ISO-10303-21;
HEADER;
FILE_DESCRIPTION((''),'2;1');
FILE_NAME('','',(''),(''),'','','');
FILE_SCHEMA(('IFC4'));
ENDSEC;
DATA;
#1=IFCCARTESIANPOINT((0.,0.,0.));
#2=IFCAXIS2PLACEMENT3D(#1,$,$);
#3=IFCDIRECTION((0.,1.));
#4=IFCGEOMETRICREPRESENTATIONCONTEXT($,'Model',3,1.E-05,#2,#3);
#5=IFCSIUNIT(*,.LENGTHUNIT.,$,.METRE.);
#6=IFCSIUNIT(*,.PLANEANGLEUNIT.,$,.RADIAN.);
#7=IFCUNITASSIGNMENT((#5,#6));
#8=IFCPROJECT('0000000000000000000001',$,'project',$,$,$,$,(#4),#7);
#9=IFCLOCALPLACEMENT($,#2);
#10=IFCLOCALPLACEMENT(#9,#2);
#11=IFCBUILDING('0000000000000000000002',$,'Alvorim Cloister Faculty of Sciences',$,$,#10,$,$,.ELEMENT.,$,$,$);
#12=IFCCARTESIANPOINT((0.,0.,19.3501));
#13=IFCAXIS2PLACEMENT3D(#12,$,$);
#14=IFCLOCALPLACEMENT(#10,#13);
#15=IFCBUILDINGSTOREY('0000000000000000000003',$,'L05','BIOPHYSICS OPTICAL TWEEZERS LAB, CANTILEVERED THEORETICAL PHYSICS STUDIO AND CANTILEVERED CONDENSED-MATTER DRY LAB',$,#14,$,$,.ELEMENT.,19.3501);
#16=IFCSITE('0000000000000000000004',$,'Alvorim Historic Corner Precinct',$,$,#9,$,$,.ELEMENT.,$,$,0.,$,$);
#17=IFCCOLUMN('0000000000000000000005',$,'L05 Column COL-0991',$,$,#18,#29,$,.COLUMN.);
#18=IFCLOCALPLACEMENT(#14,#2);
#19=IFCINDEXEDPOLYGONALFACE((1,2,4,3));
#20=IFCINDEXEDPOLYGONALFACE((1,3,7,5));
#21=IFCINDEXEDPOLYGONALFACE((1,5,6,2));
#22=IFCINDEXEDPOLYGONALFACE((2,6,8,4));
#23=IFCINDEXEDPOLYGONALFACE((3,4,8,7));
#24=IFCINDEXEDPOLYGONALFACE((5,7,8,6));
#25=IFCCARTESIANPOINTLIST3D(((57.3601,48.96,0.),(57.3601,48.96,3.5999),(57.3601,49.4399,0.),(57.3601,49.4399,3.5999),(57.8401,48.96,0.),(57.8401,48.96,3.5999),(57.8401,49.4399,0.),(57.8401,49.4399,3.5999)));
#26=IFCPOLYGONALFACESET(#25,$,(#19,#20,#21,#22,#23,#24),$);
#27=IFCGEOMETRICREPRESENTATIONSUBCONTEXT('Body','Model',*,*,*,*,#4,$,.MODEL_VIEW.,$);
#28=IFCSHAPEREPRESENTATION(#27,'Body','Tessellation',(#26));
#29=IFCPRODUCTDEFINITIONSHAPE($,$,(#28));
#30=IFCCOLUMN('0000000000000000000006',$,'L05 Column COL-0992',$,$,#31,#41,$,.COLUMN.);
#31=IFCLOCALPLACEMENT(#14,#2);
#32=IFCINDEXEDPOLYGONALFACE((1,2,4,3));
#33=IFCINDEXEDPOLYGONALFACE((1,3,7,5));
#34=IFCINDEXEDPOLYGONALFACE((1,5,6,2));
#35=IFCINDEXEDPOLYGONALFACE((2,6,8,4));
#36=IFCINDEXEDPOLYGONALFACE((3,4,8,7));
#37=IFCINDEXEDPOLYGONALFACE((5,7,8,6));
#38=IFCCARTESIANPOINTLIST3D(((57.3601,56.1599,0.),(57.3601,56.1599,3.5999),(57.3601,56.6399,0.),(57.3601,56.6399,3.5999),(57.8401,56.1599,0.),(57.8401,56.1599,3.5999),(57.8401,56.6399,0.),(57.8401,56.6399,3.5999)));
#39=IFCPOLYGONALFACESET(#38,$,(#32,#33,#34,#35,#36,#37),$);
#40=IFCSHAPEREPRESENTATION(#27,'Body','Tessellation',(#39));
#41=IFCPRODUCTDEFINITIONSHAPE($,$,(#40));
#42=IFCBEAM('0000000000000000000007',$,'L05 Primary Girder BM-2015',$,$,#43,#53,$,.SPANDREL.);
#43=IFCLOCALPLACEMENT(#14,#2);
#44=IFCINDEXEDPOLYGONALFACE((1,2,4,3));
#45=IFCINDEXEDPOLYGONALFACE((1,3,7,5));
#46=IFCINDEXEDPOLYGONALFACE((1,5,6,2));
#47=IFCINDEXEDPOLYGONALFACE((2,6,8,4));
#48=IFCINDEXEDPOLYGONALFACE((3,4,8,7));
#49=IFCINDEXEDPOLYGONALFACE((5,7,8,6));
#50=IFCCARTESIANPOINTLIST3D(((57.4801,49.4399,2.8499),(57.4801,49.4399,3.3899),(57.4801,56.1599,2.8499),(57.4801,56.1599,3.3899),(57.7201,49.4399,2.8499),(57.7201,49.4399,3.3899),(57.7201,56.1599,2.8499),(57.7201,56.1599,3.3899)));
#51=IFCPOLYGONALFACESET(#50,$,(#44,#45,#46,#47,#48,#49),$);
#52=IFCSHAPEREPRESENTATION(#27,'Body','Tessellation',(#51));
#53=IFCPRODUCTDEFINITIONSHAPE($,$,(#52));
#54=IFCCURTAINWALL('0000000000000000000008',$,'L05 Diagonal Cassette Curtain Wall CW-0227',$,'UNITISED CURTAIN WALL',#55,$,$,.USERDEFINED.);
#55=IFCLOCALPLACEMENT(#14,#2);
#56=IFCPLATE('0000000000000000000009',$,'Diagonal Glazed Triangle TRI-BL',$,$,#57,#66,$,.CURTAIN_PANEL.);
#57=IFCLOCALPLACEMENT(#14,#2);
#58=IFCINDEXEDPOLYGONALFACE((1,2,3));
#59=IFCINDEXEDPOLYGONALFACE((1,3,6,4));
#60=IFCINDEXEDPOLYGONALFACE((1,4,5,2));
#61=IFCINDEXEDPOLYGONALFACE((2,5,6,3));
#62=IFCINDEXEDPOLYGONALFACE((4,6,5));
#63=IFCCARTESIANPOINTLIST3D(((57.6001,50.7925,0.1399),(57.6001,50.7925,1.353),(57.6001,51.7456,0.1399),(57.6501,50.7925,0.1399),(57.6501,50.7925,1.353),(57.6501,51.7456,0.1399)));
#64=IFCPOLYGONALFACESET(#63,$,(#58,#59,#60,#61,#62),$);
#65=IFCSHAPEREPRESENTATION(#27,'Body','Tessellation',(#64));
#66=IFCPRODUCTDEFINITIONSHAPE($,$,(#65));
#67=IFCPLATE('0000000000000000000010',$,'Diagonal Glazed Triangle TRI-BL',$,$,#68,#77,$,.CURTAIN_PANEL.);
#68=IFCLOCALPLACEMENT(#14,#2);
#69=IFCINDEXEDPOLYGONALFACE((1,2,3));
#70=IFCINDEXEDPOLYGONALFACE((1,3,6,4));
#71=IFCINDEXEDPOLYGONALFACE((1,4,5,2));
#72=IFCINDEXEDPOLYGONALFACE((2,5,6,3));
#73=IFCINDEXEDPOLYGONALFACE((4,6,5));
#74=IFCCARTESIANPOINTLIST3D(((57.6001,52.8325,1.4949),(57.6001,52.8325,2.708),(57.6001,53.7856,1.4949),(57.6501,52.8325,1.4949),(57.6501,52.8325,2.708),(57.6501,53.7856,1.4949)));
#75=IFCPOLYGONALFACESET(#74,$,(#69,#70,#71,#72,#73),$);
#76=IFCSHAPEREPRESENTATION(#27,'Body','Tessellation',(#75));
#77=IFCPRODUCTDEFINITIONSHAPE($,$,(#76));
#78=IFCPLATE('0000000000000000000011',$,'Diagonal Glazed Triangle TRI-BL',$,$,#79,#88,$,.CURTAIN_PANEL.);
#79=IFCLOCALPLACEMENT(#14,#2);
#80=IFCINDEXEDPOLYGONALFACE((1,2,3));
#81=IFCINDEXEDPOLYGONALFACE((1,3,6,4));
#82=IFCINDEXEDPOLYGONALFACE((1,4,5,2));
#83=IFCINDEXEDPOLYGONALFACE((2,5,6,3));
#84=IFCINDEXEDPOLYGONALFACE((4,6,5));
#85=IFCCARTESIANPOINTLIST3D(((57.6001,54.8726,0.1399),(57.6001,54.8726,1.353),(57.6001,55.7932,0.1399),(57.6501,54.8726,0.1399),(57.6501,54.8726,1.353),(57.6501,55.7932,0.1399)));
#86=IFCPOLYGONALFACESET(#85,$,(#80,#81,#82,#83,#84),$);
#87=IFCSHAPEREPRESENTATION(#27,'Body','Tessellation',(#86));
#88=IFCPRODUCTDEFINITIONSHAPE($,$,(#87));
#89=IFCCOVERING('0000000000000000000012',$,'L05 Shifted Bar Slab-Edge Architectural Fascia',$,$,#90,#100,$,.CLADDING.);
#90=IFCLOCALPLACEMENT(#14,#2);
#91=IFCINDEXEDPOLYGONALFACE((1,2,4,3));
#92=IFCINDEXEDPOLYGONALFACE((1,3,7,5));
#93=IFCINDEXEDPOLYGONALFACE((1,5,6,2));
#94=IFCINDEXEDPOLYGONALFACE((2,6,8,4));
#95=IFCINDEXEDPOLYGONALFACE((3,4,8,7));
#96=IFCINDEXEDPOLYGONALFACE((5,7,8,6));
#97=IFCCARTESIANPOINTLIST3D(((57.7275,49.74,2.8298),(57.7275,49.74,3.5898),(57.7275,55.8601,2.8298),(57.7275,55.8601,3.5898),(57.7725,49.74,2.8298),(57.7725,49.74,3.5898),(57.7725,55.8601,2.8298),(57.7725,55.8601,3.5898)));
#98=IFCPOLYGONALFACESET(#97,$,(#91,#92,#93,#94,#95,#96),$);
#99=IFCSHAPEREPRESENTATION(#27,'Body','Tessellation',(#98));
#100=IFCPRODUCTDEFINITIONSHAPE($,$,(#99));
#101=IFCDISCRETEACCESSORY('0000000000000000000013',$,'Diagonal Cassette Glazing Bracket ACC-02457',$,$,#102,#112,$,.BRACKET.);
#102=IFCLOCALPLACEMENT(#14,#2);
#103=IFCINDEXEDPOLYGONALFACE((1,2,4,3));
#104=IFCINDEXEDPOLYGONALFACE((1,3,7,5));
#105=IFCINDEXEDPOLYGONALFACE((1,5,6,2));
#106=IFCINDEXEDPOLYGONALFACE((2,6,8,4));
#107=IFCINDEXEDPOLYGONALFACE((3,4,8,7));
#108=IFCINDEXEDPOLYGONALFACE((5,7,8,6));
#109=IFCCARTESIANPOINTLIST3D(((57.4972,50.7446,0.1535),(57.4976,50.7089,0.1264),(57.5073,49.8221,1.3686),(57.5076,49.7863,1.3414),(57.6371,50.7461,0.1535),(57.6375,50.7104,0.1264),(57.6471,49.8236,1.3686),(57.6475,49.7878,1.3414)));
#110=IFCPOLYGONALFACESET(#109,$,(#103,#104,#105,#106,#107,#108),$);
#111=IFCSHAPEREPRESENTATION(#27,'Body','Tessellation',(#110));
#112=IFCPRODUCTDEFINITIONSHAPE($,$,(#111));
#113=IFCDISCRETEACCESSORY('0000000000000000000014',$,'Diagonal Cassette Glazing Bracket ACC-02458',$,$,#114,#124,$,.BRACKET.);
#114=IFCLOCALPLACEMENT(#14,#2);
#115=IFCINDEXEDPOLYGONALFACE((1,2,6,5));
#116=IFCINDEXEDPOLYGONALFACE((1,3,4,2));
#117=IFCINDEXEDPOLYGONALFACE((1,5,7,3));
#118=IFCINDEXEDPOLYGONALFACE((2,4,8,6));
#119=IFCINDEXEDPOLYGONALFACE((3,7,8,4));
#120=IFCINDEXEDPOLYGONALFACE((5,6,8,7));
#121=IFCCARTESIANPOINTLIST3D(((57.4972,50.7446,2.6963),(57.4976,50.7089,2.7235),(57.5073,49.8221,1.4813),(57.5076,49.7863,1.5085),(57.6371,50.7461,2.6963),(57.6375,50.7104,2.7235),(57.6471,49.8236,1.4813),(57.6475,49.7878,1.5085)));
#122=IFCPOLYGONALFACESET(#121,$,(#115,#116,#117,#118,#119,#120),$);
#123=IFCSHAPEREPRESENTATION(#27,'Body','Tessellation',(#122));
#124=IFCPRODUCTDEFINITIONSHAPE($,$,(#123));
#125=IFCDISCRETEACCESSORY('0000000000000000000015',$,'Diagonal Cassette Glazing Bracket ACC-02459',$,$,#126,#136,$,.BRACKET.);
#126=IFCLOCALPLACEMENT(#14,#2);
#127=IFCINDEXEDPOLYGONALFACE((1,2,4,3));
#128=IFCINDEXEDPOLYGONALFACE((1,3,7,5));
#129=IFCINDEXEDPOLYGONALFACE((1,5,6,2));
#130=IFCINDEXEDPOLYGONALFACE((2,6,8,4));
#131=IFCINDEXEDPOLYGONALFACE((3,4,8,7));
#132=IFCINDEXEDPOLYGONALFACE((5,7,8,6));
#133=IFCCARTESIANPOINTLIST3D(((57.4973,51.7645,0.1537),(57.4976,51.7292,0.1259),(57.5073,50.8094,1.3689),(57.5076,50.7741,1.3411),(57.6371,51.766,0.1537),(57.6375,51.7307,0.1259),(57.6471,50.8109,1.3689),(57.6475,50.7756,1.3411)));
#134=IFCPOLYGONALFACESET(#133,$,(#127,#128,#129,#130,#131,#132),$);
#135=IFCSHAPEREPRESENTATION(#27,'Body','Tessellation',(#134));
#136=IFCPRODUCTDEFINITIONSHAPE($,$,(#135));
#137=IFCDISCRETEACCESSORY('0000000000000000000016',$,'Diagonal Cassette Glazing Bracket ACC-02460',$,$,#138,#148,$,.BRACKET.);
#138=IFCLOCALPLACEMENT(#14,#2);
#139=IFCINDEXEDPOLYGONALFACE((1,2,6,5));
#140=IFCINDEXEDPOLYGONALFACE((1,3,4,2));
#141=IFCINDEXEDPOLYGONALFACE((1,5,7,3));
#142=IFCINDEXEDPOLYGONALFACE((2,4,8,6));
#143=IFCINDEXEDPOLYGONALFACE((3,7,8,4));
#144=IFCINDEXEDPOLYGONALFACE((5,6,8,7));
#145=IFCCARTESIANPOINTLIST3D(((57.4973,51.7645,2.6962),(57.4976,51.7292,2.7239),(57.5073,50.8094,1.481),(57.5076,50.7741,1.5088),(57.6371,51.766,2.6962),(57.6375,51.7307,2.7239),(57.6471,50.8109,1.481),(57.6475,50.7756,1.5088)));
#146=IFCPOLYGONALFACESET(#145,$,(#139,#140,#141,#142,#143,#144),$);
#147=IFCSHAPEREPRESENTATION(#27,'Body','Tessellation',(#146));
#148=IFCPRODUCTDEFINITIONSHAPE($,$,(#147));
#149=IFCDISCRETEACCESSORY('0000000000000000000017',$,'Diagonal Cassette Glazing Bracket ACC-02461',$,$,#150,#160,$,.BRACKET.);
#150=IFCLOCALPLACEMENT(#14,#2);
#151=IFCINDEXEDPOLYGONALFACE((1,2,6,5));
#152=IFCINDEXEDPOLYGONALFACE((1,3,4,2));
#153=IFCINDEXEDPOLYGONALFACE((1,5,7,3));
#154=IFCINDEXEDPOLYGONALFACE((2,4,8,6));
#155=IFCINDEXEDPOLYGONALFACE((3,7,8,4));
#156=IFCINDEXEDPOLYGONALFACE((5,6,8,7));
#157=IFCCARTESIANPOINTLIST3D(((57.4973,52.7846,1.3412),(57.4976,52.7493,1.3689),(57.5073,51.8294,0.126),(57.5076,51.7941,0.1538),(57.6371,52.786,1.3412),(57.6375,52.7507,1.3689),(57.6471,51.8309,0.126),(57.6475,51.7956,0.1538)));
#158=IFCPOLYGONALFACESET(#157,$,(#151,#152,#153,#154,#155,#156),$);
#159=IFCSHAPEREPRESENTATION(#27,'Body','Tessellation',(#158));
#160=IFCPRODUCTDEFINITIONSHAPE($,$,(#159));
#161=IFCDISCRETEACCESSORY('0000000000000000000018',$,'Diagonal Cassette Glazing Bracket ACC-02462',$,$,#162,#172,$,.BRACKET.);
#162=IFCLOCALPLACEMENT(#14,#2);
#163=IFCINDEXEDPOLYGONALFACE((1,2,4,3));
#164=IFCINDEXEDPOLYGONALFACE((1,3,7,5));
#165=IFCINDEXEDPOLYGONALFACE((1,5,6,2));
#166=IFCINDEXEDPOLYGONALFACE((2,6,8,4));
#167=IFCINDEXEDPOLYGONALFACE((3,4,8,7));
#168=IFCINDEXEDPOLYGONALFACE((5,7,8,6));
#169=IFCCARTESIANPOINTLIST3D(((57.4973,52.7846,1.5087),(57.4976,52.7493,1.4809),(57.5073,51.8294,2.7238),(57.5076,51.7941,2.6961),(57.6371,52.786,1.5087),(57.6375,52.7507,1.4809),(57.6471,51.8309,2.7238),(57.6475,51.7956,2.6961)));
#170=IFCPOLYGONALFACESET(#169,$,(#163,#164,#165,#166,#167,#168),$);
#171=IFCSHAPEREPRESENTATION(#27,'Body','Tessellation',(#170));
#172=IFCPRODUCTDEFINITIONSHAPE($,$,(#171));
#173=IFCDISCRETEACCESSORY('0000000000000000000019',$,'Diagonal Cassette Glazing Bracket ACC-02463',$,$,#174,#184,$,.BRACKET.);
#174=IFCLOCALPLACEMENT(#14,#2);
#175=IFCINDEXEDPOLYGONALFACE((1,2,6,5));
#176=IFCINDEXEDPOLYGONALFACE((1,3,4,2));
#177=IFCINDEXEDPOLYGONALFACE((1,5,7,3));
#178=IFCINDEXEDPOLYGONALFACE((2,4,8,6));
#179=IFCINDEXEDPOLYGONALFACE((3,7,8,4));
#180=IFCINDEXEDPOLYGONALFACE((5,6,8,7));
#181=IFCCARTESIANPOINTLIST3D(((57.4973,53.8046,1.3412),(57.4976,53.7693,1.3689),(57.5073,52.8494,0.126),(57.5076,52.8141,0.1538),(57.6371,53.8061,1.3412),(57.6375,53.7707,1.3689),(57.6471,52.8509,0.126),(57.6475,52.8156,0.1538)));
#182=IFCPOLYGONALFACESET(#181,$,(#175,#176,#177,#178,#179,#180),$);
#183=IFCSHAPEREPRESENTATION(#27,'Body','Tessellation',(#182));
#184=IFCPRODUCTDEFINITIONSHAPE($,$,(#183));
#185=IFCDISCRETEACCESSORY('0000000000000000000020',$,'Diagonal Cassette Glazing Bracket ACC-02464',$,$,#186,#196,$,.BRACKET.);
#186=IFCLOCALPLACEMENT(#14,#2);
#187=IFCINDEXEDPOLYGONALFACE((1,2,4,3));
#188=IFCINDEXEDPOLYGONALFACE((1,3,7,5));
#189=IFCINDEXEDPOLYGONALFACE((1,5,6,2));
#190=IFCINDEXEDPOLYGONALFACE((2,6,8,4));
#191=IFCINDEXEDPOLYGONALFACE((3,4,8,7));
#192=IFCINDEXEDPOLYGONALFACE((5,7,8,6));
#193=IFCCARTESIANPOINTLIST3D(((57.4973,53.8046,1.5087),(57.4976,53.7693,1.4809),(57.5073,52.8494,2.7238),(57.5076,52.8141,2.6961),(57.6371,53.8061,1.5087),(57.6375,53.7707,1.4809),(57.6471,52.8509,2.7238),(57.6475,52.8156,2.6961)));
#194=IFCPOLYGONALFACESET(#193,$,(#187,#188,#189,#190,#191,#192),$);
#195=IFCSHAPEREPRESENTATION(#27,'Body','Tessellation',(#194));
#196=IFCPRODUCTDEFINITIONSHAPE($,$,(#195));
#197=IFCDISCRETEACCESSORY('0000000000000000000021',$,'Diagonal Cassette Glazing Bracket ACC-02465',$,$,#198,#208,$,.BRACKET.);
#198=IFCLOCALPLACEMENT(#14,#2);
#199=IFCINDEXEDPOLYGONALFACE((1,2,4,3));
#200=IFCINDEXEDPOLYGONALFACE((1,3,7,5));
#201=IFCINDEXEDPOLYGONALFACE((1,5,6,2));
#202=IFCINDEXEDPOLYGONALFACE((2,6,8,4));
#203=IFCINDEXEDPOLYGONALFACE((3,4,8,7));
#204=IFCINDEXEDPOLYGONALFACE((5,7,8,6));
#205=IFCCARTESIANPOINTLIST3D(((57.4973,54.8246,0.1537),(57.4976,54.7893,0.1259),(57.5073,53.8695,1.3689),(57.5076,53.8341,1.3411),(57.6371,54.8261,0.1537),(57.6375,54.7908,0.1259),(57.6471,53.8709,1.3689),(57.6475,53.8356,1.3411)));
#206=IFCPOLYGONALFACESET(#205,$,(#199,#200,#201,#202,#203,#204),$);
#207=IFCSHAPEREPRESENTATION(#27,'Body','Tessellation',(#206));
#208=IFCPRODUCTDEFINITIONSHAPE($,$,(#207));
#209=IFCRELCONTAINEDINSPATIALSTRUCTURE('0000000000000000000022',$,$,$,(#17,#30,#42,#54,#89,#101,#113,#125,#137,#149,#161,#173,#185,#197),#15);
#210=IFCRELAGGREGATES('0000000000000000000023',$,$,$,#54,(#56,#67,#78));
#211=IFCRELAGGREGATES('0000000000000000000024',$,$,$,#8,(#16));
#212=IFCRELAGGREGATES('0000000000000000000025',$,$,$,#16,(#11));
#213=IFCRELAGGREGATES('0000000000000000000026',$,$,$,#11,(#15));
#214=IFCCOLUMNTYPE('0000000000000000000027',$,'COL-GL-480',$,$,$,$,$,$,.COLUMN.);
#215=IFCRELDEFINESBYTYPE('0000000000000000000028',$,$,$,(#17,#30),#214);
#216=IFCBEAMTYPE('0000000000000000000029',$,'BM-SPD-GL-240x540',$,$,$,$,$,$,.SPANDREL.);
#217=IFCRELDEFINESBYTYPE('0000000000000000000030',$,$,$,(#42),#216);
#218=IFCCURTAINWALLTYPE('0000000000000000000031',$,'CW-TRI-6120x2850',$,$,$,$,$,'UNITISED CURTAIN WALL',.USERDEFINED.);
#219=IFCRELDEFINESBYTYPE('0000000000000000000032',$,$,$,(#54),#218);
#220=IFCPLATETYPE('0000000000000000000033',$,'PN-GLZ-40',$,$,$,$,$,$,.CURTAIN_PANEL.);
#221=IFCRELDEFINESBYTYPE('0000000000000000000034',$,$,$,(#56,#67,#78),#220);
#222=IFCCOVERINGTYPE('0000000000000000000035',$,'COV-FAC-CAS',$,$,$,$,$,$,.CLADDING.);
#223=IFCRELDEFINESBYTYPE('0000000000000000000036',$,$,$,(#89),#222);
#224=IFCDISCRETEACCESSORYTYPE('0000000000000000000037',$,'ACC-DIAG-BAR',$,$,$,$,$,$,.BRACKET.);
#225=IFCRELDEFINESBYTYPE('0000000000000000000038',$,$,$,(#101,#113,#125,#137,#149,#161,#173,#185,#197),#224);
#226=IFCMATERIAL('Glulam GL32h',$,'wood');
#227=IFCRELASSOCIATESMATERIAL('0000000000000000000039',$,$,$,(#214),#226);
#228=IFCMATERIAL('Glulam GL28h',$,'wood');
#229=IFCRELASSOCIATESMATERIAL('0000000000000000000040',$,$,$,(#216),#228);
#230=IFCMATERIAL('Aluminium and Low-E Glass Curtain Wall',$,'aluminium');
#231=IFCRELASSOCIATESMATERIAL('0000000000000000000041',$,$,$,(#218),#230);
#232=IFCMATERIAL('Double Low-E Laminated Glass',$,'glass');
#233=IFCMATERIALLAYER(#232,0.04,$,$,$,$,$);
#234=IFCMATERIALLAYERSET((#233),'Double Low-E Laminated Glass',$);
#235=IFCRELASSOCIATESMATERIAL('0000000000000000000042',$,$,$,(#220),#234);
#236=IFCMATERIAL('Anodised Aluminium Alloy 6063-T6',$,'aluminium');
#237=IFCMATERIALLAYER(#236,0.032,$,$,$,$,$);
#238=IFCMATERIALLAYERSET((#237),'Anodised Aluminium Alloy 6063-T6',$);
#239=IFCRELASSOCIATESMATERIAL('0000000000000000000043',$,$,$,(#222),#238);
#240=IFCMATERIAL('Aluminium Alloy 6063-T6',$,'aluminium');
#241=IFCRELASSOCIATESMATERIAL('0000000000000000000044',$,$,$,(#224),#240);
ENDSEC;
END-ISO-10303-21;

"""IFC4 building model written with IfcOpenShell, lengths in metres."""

from ifc_helpers import new_model, si_unit, direction, frame, origin, origin_2d, place, context, subcontext, project, spatial, polyline, rectangle, outline, extrude, material, layer, layer_set, material_profile, profile_set, type_object, element, aggregate, save


model = new_model("IFC4")

# Units and contexts
model_context = context("Model", 3, precision=1e-05, world=origin(), true_north=direction((0.0, 1.0)))
body_context = subcontext(model_context, "Body", "Model", "MODEL_VIEW")
ifc_project = project(units=[si_unit("LENGTHUNIT", "METRE"), si_unit("PLANEANGLEUNIT", "RADIAN")], contexts=[model_context])

# Site, building, storey
site_placement = place(None, origin())
site = spatial("IfcSite", under=ifc_project, at=site_placement, Name="Alvorim Historic Corner Precinct", CompositionType="ELEMENT", RefElevation=0.0)
building_placement = place(site_placement, origin())
building = spatial("IfcBuilding", under=site, at=building_placement, Name="Alvorim Cloister Faculty of Sciences", CompositionType="ELEMENT")
storey_placement = place(building_placement, frame((0.0, 0.0, 19.3501)))
storey = spatial("IfcBuildingStorey", under=building, at=storey_placement, Name="L05", Description="BIOPHYSICS OPTICAL TWEEZERS LAB, CANTILEVERED THEORETICAL PHYSICS STUDIO AND CANTILEVERED CONDENSED-MATTER DRY LAB", CompositionType="ELEMENT", Elevation=19.3501)

# Columns
ifc_material_1 = material(Name="Glulam GL32h", Category="wood")
ifc_material_profile_1 = material_profile(ifc_material_1, rectangle(XDim=0.48, YDim=0.48, at=origin_2d()), Name="GL32-COL-480x480")
ifc_profile_set_1 = profile_set([ifc_material_profile_1], Name="Glulam GL32h")
column_type = type_object("IfcColumnType", Name="COL-GL-480", PredefinedType="COLUMN", material=ifc_profile_set_1)
for number, where, z_axis, x_axis, name in (
    (1, (57.6001, 49.2, 0.0), (0.0, 0.0, 1.0), (1.0, 0.0, 0.0), "L05 Column COL-0991"),
    (2, (57.6001, 56.3999, 0.0), (0.0, 0.0, 1.0), (1.0, 0.0, 0.0), "L05 Column COL-0992"),
):
    element("IfcColumn", number, at=place(storey_placement, frame(where, z_axis=z_axis, x_axis=x_axis)), inside=storey, type_object=column_type, Name=name, PredefinedType="COLUMN", context=body_context, shape_type="SweptSolid", body=[
        extrude(rectangle(XDim=0.48, YDim=0.48, at=origin_2d()), origin(), (0.0, 0.0, 1.0), 3.5999),
    ])

# Beam
ifc_material_2 = material(Name="Glulam GL28h", Category="wood")
ifc_material_profile_2 = material_profile(ifc_material_2, rectangle(XDim=0.24, YDim=0.54, at=origin_2d()), Name="GL28-SPD-240x540")
ifc_profile_set_2 = profile_set([ifc_material_profile_2], Name="Glulam GL28h")
beam_type = type_object("IfcBeamType", Name="BM-SPD-GL-240x540", PredefinedType="SPANDREL", material=ifc_profile_set_2)
beam_placement = place(storey_placement, frame((57.6001, 49.4399, 3.1199), z_axis=(0.0, 1.0, 0.0), x_axis=(-1.0, 0.0, 0.0)))
element("IfcBeam", 3, at=beam_placement, inside=storey, type_object=beam_type, Name="L05 Primary Girder BM-2015", PredefinedType="SPANDREL", context=body_context, shape_type="SweptSolid", body=[
    extrude(rectangle(XDim=0.24, YDim=0.54, at=origin_2d()), origin(), (0.0, 0.0, 1.0), 6.72),
])

# Curtain wall, plates
ifc_material_3 = material(Name="Aluminium and Low-E Glass Curtain Wall", Category="aluminium")
curtain_wall_type_1 = type_object("IfcCurtainWallType", Name="CW-TRI-6120x2850", ElementType="UNITISED CURTAIN WALL", PredefinedType="USERDEFINED", material=ifc_material_3)
curtain_wall_1_placement = place(storey_placement, origin())
curtain_wall_1 = element("IfcCurtainWall", 4, at=curtain_wall_1_placement, inside=storey, type_object=curtain_wall_type_1, Name="L05 Diagonal Cassette Curtain Wall CW-0227", ObjectType="UNITISED CURTAIN WALL", PredefinedType="USERDEFINED")
ifc_material_4 = material(Name="Double Low-E Laminated Glass", Category="glass")
ifc_layer_1 = layer(ifc_material_4, 0.04)
ifc_layer_set_1 = layer_set([ifc_layer_1], Name="Double Low-E Laminated Glass")
plate_type = type_object("IfcPlateType", Name="PN-GLZ-40", PredefinedType="CURTAIN_PANEL", material=ifc_layer_set_1)
plate_1_placement = place(storey_placement, frame((57.625, 50.7925, 0.1399), z_axis=(0.0, 0.0, 1.0), x_axis=(0.0, 1.0, 0.0)))
plate_1 = element("IfcPlate", 5, at=plate_1_placement, type_object=plate_type, Name="Diagonal Glazed Triangle TRI-BL", PredefinedType="CURTAIN_PANEL", context=body_context, shape_type="SweptSolid", body=[
    extrude(outline(polyline([(0.0, 0.0), (0.9531, 0.0), (0.0, 1.2131), (0.0, 0.0)])), frame((0.0, 0.0249, 0.0), z_axis=(0.0, -1.0, 0.0), x_axis=(1.0, 0.0, 0.0)), (0.0, 0.0, 1.0), 0.05),
])
plate_2_placement = place(storey_placement, frame((57.625, 52.8325, 1.4949), z_axis=(0.0, 0.0, 1.0), x_axis=(0.0, 1.0, 0.0)))
plate_2 = element("IfcPlate", 6, at=plate_2_placement, type_object=plate_type, Name="Diagonal Glazed Triangle TRI-BL", PredefinedType="CURTAIN_PANEL", context=body_context, shape_type="SweptSolid", body=[
    extrude(outline(polyline([(0.0, 0.0), (0.9531, 0.0), (0.0, 1.2131), (0.0, 0.0)])), frame((0.0, 0.0249, 0.0), z_axis=(0.0, -1.0, 0.0), x_axis=(1.0, 0.0, 0.0)), (0.0, 0.0, 1.0), 0.05),
])
plate_3_placement = place(storey_placement, frame((57.625, 54.8726, 0.1399), z_axis=(0.0, 0.0, 1.0), x_axis=(0.0, 1.0, 0.0)))
plate_3 = element("IfcPlate", 7, at=plate_3_placement, type_object=plate_type, Name="Diagonal Glazed Triangle TRI-BL", PredefinedType="CURTAIN_PANEL", context=body_context, shape_type="SweptSolid", body=[
    extrude(outline(polyline([(0.0, 0.0), (0.9207, 0.0), (0.0, 1.2131), (0.0, 0.0)])), frame((0.0, 0.0249, 0.0), z_axis=(0.0, -1.0, 0.0), x_axis=(1.0, 0.0, 0.0)), (0.0, 0.0, 1.0), 0.05),
])
aggregate(curtain_wall_1, [plate_1, plate_2, plate_3])

# Covering
ifc_material_5 = material(Name="Anodised Aluminium Alloy 6063-T6", Category="aluminium")
ifc_layer_2 = layer(ifc_material_5, 0.032)
ifc_layer_set_2 = layer_set([ifc_layer_2], Name="Anodised Aluminium Alloy 6063-T6")
covering_type = type_object("IfcCoveringType", Name="COV-FAC-CAS", PredefinedType="CLADDING", material=ifc_layer_set_2)
covering_placement = place(storey_placement, frame((57.75, 49.74, 2.8298), z_axis=(0.0, 0.0, 1.0), x_axis=(0.0, 1.0, 0.0)))
element("IfcCovering", 8, at=covering_placement, inside=storey, type_object=covering_type, Name="L05 Shifted Bar Slab-Edge Architectural Fascia", PredefinedType="CLADDING", context=body_context, shape_type="SweptSolid", body=[
    extrude(outline(polyline([(0.0, 0.0), (6.1201, 0.0), (6.1201, 0.76), (0.0, 0.76), (0.0, 0.0)])), frame((0.0, 0.0225, 0.0), z_axis=(0.0, -1.0, 0.0), x_axis=(1.0, 0.0, 0.0)), (0.0, 0.0, 1.0), 0.0449),
])

# Discrete accessories
ifc_material_6 = material(Name="Aluminium Alloy 6063-T6", Category="aluminium")
discrete_accessory_type = type_object("IfcDiscreteAccessoryType", Name="ACC-DIAG-BAR", PredefinedType="BRACKET", material=ifc_material_6)
for number, where, z_axis, x_axis, name in (
    (9, (57.5774, 49.8049, 1.355), (-0.006561, 0.604713, -0.796416), (-0.999941, -0.010849, 0.0), "Diagonal Cassette Glazing Bracket ACC-02457"),
    (10, (57.5774, 49.8049, 1.4949), (-0.006561, 0.604713, 0.796416), (-0.999941, -0.010849, 0.0), "Diagonal Cassette Glazing Bracket ACC-02458"),
):
    element("IfcDiscreteAccessory", number, at=place(storey_placement, frame(where, z_axis=z_axis, x_axis=x_axis)), inside=storey, type_object=discrete_accessory_type, Name=name, PredefinedType="BRACKET", context=body_context, shape_type="SweptSolid", body=[
        extrude(rectangle(XDim=0.1399, YDim=0.0449, at=origin_2d()), origin(), (0.0, 0.0, 1.0), 1.5256),
    ])
for number, where, z_axis, x_axis, name in (
    (11, (57.5774, 50.7925, 1.355), (-0.006477, 0.617955, -0.786187), (-0.999945, -0.01048, 0.0), "Diagonal Cassette Glazing Bracket ACC-02459"),
    (12, (57.5774, 50.7925, 1.4949), (-0.006477, 0.617955, 0.786187), (-0.999945, -0.01048, 0.0), "Diagonal Cassette Glazing Bracket ACC-02460"),
    (13, (57.5774, 51.8125, 0.1399), (-0.006477, 0.617955, 0.786187), (-0.999945, -0.01048, 0.0), "Diagonal Cassette Glazing Bracket ACC-02461"),
    (14, (57.5774, 51.8125, 2.71), (-0.006477, 0.617955, -0.786187), (-0.999945, -0.01048, 0.0), "Diagonal Cassette Glazing Bracket ACC-02462"),
    (15, (57.5774, 52.8325, 0.1399), (-0.006477, 0.617955, 0.786187), (-0.999945, -0.01048, 0.0), "Diagonal Cassette Glazing Bracket ACC-02463"),
    (16, (57.5774, 52.8325, 2.71), (-0.006477, 0.617955, -0.786187), (-0.999945, -0.01048, 0.0), "Diagonal Cassette Glazing Bracket ACC-02464"),
    (17, (57.5774, 53.8525, 1.355), (-0.006477, 0.617955, -0.786187), (-0.999945, -0.01048, 0.0), "Diagonal Cassette Glazing Bracket ACC-02465"),
):
    element("IfcDiscreteAccessory", number, at=place(storey_placement, frame(where, z_axis=z_axis, x_axis=x_axis)), inside=storey, type_object=discrete_accessory_type, Name=name, PredefinedType="BRACKET", context=body_context, shape_type="SweptSolid", body=[
        extrude(rectangle(XDim=0.1399, YDim=0.0449, at=origin_2d()), origin(), (0.0, 0.0, 1.0), 1.5457),
    ])

save(model, "model.ifc")
